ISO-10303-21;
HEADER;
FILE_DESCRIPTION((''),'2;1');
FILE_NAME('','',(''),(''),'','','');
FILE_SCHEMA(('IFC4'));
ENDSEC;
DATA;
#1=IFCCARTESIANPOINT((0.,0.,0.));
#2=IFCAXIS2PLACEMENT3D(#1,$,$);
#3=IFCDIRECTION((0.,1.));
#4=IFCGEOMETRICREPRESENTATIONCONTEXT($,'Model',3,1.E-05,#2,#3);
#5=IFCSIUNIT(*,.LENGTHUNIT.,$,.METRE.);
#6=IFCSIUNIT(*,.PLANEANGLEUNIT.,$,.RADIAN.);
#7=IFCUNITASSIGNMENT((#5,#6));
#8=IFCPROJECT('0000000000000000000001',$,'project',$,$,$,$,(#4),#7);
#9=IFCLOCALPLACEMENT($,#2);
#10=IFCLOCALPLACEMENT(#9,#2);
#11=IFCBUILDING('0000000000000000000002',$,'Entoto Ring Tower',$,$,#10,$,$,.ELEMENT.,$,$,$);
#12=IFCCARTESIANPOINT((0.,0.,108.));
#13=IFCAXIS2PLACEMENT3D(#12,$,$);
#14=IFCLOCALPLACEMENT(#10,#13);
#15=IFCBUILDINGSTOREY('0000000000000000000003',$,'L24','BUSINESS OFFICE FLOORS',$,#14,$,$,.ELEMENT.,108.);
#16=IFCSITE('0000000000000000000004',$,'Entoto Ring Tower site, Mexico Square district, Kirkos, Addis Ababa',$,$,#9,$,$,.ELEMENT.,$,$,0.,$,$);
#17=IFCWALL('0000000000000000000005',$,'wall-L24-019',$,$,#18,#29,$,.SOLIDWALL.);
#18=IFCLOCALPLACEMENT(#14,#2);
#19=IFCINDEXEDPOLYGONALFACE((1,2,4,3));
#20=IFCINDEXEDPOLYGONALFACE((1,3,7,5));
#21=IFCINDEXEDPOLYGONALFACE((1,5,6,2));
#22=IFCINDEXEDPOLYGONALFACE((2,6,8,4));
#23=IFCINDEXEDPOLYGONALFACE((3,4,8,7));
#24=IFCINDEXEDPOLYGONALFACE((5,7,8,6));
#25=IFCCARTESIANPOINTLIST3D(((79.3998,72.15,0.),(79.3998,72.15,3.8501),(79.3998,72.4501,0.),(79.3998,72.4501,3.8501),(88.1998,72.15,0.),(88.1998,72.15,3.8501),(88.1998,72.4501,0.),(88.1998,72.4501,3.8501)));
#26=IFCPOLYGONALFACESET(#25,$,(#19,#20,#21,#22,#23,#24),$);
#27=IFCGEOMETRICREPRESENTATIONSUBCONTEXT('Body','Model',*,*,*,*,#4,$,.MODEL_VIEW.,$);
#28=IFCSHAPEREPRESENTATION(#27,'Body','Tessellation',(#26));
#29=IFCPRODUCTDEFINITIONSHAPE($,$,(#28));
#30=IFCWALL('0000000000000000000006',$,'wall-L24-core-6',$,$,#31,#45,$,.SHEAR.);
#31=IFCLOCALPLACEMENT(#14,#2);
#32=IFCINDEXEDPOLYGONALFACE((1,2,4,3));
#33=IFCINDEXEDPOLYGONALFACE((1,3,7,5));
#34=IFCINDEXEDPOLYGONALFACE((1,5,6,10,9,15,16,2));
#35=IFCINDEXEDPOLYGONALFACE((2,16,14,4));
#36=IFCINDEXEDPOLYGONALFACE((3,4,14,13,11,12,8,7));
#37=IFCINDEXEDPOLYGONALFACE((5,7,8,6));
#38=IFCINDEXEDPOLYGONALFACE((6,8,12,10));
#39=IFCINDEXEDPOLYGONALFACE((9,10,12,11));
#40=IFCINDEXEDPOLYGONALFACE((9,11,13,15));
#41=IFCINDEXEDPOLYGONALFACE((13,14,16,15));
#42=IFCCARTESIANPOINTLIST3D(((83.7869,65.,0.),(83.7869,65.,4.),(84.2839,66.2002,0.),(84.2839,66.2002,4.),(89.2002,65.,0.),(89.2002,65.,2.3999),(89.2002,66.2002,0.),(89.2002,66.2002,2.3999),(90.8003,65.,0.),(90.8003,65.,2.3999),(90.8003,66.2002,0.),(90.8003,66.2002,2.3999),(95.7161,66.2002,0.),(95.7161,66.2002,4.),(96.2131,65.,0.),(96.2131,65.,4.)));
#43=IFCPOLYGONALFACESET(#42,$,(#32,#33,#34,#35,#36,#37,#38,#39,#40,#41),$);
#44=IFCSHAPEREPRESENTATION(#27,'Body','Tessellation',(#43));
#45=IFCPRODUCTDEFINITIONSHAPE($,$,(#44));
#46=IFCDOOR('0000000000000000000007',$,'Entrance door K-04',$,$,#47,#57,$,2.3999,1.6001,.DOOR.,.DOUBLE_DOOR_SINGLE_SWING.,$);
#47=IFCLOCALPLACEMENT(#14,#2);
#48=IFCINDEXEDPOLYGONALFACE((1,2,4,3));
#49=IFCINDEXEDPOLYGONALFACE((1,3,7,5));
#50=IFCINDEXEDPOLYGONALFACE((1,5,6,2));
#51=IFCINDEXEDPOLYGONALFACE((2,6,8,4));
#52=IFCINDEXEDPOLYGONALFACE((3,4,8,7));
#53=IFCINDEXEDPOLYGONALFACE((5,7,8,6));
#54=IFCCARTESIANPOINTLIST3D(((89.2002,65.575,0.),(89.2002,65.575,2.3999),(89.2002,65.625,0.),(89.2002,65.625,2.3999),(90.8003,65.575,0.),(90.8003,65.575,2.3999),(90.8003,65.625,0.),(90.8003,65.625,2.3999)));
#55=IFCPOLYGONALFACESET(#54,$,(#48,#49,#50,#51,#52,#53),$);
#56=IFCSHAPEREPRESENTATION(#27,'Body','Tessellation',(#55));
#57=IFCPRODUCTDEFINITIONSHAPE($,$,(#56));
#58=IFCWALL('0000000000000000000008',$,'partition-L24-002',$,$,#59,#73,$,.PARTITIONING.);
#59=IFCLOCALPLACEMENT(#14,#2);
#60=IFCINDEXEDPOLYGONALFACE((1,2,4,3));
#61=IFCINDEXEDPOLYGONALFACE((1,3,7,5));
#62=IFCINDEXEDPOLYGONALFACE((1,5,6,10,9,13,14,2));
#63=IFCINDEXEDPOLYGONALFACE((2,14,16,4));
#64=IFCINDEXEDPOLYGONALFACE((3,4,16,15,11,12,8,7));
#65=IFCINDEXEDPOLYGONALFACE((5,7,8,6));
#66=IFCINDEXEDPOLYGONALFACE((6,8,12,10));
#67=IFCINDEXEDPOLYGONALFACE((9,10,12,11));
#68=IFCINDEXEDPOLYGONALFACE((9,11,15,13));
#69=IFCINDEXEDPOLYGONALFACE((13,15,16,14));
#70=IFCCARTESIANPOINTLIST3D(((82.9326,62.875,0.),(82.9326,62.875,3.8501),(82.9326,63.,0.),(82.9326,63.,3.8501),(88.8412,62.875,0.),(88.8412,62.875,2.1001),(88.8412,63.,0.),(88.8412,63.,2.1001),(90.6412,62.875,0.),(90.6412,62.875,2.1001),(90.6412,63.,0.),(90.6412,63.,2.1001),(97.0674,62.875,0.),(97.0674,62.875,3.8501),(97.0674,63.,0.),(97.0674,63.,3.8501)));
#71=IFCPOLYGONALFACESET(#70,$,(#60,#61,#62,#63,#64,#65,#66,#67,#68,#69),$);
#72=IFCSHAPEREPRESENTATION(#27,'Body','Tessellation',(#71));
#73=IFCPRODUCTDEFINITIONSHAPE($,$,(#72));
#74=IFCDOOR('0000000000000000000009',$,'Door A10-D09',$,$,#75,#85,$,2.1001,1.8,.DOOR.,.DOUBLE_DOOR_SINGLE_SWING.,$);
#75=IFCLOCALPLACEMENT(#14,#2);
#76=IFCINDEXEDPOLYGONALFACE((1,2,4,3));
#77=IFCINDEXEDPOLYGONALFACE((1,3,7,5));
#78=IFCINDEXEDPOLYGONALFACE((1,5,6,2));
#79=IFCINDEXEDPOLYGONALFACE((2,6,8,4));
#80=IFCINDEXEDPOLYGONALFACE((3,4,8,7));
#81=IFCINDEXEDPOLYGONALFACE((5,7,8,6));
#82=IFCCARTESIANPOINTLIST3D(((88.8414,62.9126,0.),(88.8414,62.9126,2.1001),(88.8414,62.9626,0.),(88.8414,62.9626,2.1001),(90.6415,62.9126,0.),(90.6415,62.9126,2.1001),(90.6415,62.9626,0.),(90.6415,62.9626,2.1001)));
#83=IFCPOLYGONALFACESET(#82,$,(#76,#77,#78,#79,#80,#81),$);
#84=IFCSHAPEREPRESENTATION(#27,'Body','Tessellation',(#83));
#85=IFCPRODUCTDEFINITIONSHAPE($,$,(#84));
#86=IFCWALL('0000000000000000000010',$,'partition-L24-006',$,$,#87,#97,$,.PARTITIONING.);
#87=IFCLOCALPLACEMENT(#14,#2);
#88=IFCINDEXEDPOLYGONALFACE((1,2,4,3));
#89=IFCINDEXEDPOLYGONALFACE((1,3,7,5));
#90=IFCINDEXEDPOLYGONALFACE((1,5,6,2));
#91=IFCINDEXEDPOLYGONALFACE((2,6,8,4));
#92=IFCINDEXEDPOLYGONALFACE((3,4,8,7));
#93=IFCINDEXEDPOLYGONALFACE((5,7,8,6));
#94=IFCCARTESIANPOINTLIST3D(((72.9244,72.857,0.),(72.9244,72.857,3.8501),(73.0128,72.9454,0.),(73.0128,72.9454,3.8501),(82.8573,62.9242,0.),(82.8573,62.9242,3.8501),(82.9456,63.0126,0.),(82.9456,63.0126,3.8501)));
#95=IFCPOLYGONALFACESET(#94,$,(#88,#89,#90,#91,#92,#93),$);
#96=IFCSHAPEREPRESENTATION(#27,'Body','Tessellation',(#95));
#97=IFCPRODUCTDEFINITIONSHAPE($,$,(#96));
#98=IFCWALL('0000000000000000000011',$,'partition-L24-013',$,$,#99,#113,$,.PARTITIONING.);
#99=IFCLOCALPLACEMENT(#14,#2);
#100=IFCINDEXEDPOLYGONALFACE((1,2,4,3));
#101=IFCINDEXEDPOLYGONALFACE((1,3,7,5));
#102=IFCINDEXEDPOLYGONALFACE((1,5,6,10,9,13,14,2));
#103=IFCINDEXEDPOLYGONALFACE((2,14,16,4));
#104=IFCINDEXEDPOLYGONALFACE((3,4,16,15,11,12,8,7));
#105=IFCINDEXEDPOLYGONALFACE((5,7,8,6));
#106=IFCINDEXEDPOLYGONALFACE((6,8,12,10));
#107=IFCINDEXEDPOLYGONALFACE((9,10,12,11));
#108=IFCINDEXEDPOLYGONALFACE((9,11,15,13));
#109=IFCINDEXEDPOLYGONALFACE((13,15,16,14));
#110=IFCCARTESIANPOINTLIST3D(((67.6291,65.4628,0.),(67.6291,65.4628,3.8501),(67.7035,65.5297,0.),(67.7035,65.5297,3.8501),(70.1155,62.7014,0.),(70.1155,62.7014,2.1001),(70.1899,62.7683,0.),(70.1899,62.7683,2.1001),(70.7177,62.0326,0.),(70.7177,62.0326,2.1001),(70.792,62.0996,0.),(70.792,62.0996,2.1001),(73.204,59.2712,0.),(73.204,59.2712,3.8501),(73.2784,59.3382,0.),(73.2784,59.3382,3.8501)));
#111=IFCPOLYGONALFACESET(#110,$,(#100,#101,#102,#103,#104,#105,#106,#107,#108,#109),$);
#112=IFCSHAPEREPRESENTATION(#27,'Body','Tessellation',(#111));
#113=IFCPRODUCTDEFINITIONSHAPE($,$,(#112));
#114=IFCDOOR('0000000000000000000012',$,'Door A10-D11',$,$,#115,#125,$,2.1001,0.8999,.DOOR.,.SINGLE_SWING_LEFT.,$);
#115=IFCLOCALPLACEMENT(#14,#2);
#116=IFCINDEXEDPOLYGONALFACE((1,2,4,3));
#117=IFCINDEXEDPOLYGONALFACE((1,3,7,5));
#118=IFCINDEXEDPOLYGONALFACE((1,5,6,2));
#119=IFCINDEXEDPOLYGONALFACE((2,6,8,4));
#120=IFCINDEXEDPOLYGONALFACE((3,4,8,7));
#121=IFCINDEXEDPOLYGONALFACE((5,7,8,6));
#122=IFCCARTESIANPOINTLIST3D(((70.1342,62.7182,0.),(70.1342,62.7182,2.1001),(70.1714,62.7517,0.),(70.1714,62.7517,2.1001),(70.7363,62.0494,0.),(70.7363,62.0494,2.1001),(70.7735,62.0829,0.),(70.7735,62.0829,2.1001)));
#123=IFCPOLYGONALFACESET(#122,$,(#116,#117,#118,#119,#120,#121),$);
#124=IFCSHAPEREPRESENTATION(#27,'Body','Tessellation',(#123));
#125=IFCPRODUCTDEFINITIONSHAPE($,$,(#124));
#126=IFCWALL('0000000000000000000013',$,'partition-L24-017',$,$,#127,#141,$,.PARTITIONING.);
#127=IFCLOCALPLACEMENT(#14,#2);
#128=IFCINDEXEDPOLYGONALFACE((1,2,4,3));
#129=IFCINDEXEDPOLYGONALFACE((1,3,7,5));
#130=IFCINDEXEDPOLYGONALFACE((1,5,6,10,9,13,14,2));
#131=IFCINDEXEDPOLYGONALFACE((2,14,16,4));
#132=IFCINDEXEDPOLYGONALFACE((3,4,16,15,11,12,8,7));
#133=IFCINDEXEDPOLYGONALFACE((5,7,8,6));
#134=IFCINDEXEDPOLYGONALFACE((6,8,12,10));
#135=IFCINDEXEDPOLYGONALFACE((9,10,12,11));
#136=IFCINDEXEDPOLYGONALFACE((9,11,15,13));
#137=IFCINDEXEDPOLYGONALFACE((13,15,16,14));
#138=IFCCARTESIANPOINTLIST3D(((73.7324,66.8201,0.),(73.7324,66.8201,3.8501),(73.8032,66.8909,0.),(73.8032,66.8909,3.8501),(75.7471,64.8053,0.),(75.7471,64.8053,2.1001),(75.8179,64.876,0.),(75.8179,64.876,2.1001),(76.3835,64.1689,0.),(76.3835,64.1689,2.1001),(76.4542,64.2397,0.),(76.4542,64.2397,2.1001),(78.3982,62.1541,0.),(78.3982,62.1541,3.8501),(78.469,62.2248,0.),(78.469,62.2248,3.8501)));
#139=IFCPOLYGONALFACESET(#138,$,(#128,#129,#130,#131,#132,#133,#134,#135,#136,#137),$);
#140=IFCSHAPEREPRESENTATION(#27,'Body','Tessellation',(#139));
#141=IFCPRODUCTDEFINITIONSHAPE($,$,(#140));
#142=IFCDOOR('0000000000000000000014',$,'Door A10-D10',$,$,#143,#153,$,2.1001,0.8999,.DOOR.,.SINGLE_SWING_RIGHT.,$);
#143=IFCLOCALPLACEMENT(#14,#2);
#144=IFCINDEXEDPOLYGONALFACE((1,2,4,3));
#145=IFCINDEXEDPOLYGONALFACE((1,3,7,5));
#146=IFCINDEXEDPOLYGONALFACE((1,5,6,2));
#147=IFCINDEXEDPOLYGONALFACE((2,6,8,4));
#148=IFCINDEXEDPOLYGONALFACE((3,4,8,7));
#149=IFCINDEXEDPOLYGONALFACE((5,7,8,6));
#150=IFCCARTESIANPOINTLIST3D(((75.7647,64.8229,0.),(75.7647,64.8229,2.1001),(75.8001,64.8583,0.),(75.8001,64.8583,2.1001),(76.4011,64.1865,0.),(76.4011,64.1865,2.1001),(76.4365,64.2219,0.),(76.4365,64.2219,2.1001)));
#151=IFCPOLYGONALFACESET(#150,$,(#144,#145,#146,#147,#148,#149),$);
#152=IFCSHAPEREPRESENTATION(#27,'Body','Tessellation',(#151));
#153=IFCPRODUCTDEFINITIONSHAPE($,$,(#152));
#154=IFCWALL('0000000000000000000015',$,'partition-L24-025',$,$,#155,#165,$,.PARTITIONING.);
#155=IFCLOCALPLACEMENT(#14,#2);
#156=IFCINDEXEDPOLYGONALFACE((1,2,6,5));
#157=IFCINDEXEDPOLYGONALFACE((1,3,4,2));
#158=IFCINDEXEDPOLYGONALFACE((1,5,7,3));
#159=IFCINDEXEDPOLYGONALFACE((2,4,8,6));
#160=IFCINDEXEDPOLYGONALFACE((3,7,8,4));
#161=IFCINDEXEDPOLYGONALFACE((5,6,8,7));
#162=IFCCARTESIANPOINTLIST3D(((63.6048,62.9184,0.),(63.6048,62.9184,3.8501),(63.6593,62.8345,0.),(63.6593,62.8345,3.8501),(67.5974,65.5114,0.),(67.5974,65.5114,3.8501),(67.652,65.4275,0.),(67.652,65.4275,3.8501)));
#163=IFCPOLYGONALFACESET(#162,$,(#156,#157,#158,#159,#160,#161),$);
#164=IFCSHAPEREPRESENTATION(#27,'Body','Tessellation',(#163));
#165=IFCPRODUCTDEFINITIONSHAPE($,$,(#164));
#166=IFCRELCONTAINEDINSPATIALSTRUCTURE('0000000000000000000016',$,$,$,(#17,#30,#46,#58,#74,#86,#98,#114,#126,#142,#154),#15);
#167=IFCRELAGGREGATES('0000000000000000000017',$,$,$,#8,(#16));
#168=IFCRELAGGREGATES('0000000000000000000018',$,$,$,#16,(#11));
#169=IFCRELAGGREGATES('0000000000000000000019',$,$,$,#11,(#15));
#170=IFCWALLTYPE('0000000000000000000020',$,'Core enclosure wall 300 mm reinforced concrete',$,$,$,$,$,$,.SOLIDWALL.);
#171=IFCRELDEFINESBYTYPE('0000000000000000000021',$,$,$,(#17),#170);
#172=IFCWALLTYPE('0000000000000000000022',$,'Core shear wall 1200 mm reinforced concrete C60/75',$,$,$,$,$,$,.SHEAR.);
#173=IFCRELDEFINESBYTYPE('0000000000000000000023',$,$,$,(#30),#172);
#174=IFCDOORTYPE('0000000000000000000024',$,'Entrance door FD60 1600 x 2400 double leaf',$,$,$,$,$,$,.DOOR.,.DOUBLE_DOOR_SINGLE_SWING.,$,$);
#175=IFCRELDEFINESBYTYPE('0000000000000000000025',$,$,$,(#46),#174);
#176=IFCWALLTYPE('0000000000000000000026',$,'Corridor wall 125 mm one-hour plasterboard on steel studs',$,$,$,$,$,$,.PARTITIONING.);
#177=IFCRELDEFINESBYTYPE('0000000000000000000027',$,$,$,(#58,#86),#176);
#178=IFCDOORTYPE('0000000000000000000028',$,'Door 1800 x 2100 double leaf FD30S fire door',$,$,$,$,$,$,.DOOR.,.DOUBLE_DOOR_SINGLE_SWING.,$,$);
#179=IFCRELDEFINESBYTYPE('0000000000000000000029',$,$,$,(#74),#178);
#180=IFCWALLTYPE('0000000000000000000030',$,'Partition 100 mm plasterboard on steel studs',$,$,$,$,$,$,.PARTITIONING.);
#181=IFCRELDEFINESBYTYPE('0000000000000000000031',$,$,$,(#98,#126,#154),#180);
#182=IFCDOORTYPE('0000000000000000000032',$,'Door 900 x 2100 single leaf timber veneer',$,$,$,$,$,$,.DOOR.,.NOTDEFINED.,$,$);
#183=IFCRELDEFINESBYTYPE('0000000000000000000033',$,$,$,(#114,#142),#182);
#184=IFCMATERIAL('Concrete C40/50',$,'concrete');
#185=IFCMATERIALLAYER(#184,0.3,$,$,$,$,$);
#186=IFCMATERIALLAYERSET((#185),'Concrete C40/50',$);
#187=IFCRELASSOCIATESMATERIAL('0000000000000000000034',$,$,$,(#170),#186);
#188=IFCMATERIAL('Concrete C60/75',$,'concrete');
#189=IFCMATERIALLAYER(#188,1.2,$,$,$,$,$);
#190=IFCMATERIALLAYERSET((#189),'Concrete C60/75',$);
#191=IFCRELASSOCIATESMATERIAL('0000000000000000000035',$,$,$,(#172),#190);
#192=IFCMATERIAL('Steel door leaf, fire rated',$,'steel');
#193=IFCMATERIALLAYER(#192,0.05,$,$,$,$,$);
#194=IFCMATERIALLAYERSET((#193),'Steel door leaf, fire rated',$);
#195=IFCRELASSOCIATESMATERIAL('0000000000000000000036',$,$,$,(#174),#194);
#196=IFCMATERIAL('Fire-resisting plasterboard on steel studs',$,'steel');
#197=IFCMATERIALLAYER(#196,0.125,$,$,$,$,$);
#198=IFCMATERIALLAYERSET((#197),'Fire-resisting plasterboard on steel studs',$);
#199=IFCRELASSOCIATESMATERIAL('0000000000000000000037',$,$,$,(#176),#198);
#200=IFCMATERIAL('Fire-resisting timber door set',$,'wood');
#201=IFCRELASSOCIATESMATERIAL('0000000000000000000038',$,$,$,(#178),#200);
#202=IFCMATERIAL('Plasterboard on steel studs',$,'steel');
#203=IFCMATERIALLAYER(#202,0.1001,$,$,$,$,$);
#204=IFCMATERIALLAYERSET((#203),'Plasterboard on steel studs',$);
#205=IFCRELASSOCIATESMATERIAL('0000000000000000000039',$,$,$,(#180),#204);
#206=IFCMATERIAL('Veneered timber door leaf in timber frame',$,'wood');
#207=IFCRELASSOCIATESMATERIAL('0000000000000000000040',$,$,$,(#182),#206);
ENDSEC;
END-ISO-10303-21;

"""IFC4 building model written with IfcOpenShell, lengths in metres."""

from ifc_helpers import new_model, si_unit, direction, frame, frame_2d, origin, place, context, subcontext, project, spatial, polyline, rectangle, outline, extrude, material, layer, layer_set, type_object, element, fill, save


model = new_model("IFC4")

# Units and contexts
model_context = context("Model", 3, precision=1e-05, world=origin(), true_north=direction((0.0, 1.0)))
body_context = subcontext(model_context, "Body", "Model", "MODEL_VIEW")
ifc_project = project(units=[si_unit("LENGTHUNIT", "METRE"), si_unit("PLANEANGLEUNIT", "RADIAN")], contexts=[model_context])

# Site, building, storey
site_placement = place(None, origin())
site = spatial("IfcSite", under=ifc_project, at=site_placement, Name="Entoto Ring Tower site, Mexico Square district, Kirkos, Addis Ababa", CompositionType="ELEMENT", RefElevation=0.0)
building_placement = place(site_placement, origin())
building = spatial("IfcBuilding", under=site, at=building_placement, Name="Entoto Ring Tower", CompositionType="ELEMENT")
storey_placement = place(building_placement, frame((0.0, 0.0, 108.0)))
storey = spatial("IfcBuildingStorey", under=building, at=storey_placement, Name="L24", Description="BUSINESS OFFICE FLOORS", CompositionType="ELEMENT", Elevation=108.0)

# Shared definitions
ifc_material_1 = material(Name="Concrete C40/50", Category="concrete")
ifc_layer_1 = layer(ifc_material_1, 0.3)
ifc_layer_set_1 = layer_set([ifc_layer_1], Name="Concrete C40/50")
wall_type_1 = type_object("IfcWallType", Name="Core enclosure wall 300 mm reinforced concrete", PredefinedType="SOLIDWALL", material=ifc_layer_set_1)

# Wall
wall_1_placement = place(storey_placement, frame((79.3999, 72.3, 0.0), z_axis=(0.0, 0.0, 1.0), x_axis=(1.0, 0.0, 0.0)))
element("IfcWall", 1, at=wall_1_placement, inside=storey, type_object=wall_type_1, Name="wall-L24-019", PredefinedType="SOLIDWALL", context=body_context, shape_type="SweptSolid", body=[
    extrude(rectangle(XDim=8.8, YDim=0.3, at=frame_2d((4.3999, 0.0))), origin(), (0.0, 0.0, 1.0), 3.8501),
])

# Walls, openings, doors
ifc_material_2 = material(Name="Concrete C60/75", Category="concrete")
ifc_layer_2 = layer(ifc_material_2, 1.2)
ifc_layer_set_2 = layer_set([ifc_layer_2], Name="Concrete C60/75")
wall_type_2 = type_object("IfcWallType", Name="Core shear wall 1200 mm reinforced concrete C60/75", PredefinedType="SHEAR", material=ifc_layer_set_2)
wall_2_placement = place(storey_placement, frame((84.0354, 65.6001, 0.0), z_axis=(0.0, 0.0, 1.0), x_axis=(1.0, 0.0, 0.0)))
wall_2 = element("IfcWall", 2, at=wall_2_placement, inside=storey, type_object=wall_type_2, Name="wall-L24-core-6", PredefinedType="SHEAR", context=body_context, shape_type="SweptSolid", body=[
    extrude(outline(polyline([(-0.2485, -0.6001), (12.1777, -0.6001), (11.6807, 0.6001), (0.2485, 0.6001), (-0.2485, -0.6001)])), origin(), (0.0, 0.0, 1.0), 4.0),
])
opening_1_placement = place(wall_2_placement, frame((5.1648, 0.0, 0.0)))
opening_1 = element("IfcOpeningElement", 3, at=opening_1_placement, cuts=wall_2, PredefinedType="OPENING", context=body_context, shape_type="SweptSolid", body=[
    extrude(rectangle(XDim=1.6001, YDim=2.3999, at=frame_2d((0.8, 1.2))), frame((0.0, 0.6099, 0.0), z_axis=(0.0, -1.0, 0.0), x_axis=(1.0, 0.0, 0.0)), (0.0, 0.0, 1.0), 1.22),
])
ifc_material_3 = material(Name="Steel door leaf, fire rated", Category="steel")
ifc_layer_3 = layer(ifc_material_3, 0.05)
ifc_layer_set_3 = layer_set([ifc_layer_3], Name="Steel door leaf, fire rated")
door_type_1 = type_object("IfcDoorType", Name="Entrance door FD60 1600 x 2400 double leaf", OperationType="DOUBLE_DOOR_SINGLE_SWING", PredefinedType="DOOR", material=ifc_layer_set_3)
door_1_placement = place(opening_1_placement, origin())
door_1 = element("IfcDoor", 4, at=door_1_placement, inside=storey, type_object=door_type_1, Name="Entrance door K-04", OperationType="DOUBLE_DOOR_SINGLE_SWING", OverallHeight=2.3999, OverallWidth=1.6001, PredefinedType="DOOR", context=body_context, shape_type="SweptSolid", body=[
    extrude(rectangle(XDim=1.6001, YDim=2.3999, at=frame_2d((0.8, 1.2))), frame((0.0, 0.0249, 0.0), z_axis=(0.0, -1.0, 0.0), x_axis=(1.0, 0.0, 0.0)), (0.0, 0.0, 1.0), 0.05),
])
fill(opening_1, door_1)
ifc_material_4 = material(Name="Fire-resisting plasterboard on steel studs", Category="steel")
ifc_layer_4 = layer(ifc_material_4, 0.125)
ifc_layer_set_4 = layer_set([ifc_layer_4], Name="Fire-resisting plasterboard on steel studs")
wall_type_3 = type_object("IfcWallType", Name="Corridor wall 125 mm one-hour plasterboard on steel studs", PredefinedType="PARTITIONING", material=ifc_layer_set_4)
wall_3_placement = place(storey_placement, frame((82.9326, 62.9375, 0.0), z_axis=(0.0, 0.0, 1.0), x_axis=(1.0, 0.0, 0.0)))
wall_3 = element("IfcWall", 5, at=wall_3_placement, inside=storey, type_object=wall_type_3, Name="partition-L24-002", PredefinedType="PARTITIONING", context=body_context, shape_type="SweptSolid", body=[
    extrude(rectangle(XDim=14.1348, YDim=0.125, at=frame_2d((7.0674, 0.0))), origin(), (0.0, 0.0, 1.0), 3.8501),
])
opening_2_placement = place(wall_3_placement, frame((5.9087, 0.0, 0.0)))
opening_2 = element("IfcOpeningElement", 6, at=opening_2_placement, cuts=wall_3, PredefinedType="OPENING", context=body_context, shape_type="SweptSolid", body=[
    extrude(rectangle(XDim=1.8, YDim=2.1001, at=frame_2d((0.8999, 1.05))), frame((0.0, 0.0725, 0.0), z_axis=(0.0, -1.0, 0.0), x_axis=(1.0, 0.0, 0.0)), (0.0, 0.0, 1.0), 0.145),
])
ifc_material_5 = material(Name="Fire-resisting timber door set", Category="wood")
door_type_2 = type_object("IfcDoorType", Name="Door 1800 x 2100 double leaf FD30S fire door", OperationType="DOUBLE_DOOR_SINGLE_SWING", PredefinedType="DOOR", material=ifc_material_5)
door_2_placement = place(opening_2_placement, frame((1.8, 0.0, 0.0), z_axis=(0.0, 0.0, 1.0), x_axis=(-1.0, 0.0, 0.0)))
door_2 = element("IfcDoor", 7, at=door_2_placement, inside=storey, type_object=door_type_2, Name="Door A10-D09", OperationType="DOUBLE_DOOR_SINGLE_SWING", OverallHeight=2.1001, OverallWidth=1.8, PredefinedType="DOOR", context=body_context, shape_type="SweptSolid", body=[
    extrude(rectangle(XDim=1.8, YDim=2.1001, at=frame_2d((0.8999, 1.05))), frame((0.0, 0.0249, 0.0), z_axis=(0.0, -1.0, 0.0), x_axis=(1.0, 0.0, 0.0)), (0.0, 0.0, 1.0), 0.05),
])
fill(opening_2, door_2)

# Wall
wall_4_placement = place(storey_placement, frame((82.9014, 62.9685, 0.0), z_axis=(0.0, 0.0, 1.0), x_axis=(-0.707107, 0.707107, 0.0)))
element("IfcWall", 8, at=wall_4_placement, inside=storey, type_object=wall_type_3, Name="partition-L24-006", PredefinedType="PARTITIONING", context=body_context, shape_type="SweptSolid", body=[
    extrude(rectangle(XDim=14.0471, YDim=0.125, at=frame_2d((7.0234, 0.0))), origin(), (0.0, 0.0, 1.0), 3.8501),
])

# Walls, openings, doors
ifc_material_6 = material(Name="Plasterboard on steel studs", Category="steel")
ifc_layer_5 = layer(ifc_material_6, 0.1001)
ifc_layer_set_5 = layer_set([ifc_layer_5], Name="Plasterboard on steel studs")
wall_type_4 = type_object("IfcWallType", Name="Partition 100 mm plasterboard on steel studs", PredefinedType="PARTITIONING", material=ifc_layer_set_5)
wall_5_placement = place(storey_placement, frame((73.2412, 59.3047, 0.0), z_axis=(0.0, 0.0, 1.0), x_axis=(-0.669128, 0.743147, 0.0)))
wall_5 = element("IfcWall", 9, at=wall_5_placement, inside=storey, type_object=wall_type_4, Name="partition-L24-013", PredefinedType="PARTITIONING", context=body_context, shape_type="SweptSolid", body=[
    extrude(rectangle(XDim=8.3315, YDim=0.1001, at=frame_2d((4.1658, 0.0))), origin(), (0.0, 0.0, 1.0), 3.8501),
])
opening_3_placement = place(wall_5_placement, frame((3.7158, 0.0, 0.0)))
opening_3 = element("IfcOpeningElement", 10, at=opening_3_placement, cuts=wall_5, PredefinedType="OPENING", context=body_context, shape_type="SweptSolid", body=[
    extrude(rectangle(XDim=0.8999, YDim=2.1001, at=frame_2d((0.45, 1.05))), frame((0.0, 0.0601, 0.0), z_axis=(0.0, -1.0, 0.0), x_axis=(1.0, 0.0, 0.0)), (0.0, 0.0, 1.0), 0.1201),
])
ifc_material_7 = material(Name="Veneered timber door leaf in timber frame", Category="wood")
door_type_3 = type_object("IfcDoorType", Name="Door 900 x 2100 single leaf timber veneer", OperationType="NOTDEFINED", PredefinedType="DOOR", material=ifc_material_7)
door_3_placement = place(opening_3_placement, origin())
door_3 = element("IfcDoor", 11, at=door_3_placement, inside=storey, type_object=door_type_3, Name="Door A10-D11", OperationType="SINGLE_SWING_LEFT", OverallHeight=2.1001, OverallWidth=0.8999, PredefinedType="DOOR", context=body_context, shape_type="SweptSolid", body=[
    extrude(rectangle(XDim=0.8999, YDim=2.1001, at=frame_2d((0.45, 1.05))), frame((0.0, 0.0249, 0.0), z_axis=(0.0, -1.0, 0.0), x_axis=(1.0, 0.0, 0.0)), (0.0, 0.0, 1.0), 0.05),
])
fill(opening_3, door_3)
wall_6_placement = place(storey_placement, frame((78.4336, 62.1895, 0.0), z_axis=(0.0, 0.0, 1.0), x_axis=(-0.707088, 0.707125, 0.0)))
wall_6 = element("IfcWall", 12, at=wall_6_placement, inside=storey, type_object=wall_type_4, Name="partition-L24-017", PredefinedType="PARTITIONING", context=body_context, shape_type="SweptSolid", body=[
    extrude(rectangle(XDim=6.5986, YDim=0.1001, at=frame_2d((3.2993, 0.0))), origin(), (0.0, 0.0, 1.0), 3.8501),
])
opening_4_placement = place(wall_6_placement, frame((2.8494, 0.0, 0.0)))
opening_4 = element("IfcOpeningElement", 13, at=opening_4_placement, cuts=wall_6, PredefinedType="OPENING", context=body_context, shape_type="SweptSolid", body=[
    extrude(rectangle(XDim=0.8999, YDim=2.1001, at=frame_2d((0.45, 1.05))), frame((0.0, 0.0601, 0.0), z_axis=(0.0, -1.0, 0.0), x_axis=(1.0, 0.0, 0.0)), (0.0, 0.0, 1.0), 0.1201),
])
door_4_placement = place(opening_4_placement, frame((0.8999, 0.0, 0.0), z_axis=(0.0, 0.0, 1.0), x_axis=(-1.0, 0.0, 0.0)))
door_4 = element("IfcDoor", 14, at=door_4_placement, inside=storey, type_object=door_type_3, Name="Door A10-D10", OperationType="SINGLE_SWING_RIGHT", OverallHeight=2.1001, OverallWidth=0.8999, PredefinedType="DOOR", context=body_context, shape_type="SweptSolid", body=[
    extrude(rectangle(XDim=0.8999, YDim=2.1001, at=frame_2d((0.45, 1.05))), frame((0.0, 0.0249, 0.0), z_axis=(0.0, -1.0, 0.0), x_axis=(1.0, 0.0, 0.0)), (0.0, 0.0, 1.0), 0.05),
])
fill(opening_4, door_4)

# Wall
wall_7_placement = place(storey_placement, frame((63.6321, 62.8765, 0.0), z_axis=(0.0, 0.0, 1.0), x_axis=(0.838657, 0.54466, 0.0)))
element("IfcWall", 15, at=wall_7_placement, inside=storey, type_object=wall_type_4, Name="partition-L24-025", PredefinedType="PARTITIONING", context=body_context, shape_type="SweptSolid", body=[
    extrude(rectangle(XDim=4.7607, YDim=0.1001, at=frame_2d((2.3804, 0.0))), origin(), (0.0, 0.0, 1.0), 3.8501),
])

save(model, "model.ifc")
